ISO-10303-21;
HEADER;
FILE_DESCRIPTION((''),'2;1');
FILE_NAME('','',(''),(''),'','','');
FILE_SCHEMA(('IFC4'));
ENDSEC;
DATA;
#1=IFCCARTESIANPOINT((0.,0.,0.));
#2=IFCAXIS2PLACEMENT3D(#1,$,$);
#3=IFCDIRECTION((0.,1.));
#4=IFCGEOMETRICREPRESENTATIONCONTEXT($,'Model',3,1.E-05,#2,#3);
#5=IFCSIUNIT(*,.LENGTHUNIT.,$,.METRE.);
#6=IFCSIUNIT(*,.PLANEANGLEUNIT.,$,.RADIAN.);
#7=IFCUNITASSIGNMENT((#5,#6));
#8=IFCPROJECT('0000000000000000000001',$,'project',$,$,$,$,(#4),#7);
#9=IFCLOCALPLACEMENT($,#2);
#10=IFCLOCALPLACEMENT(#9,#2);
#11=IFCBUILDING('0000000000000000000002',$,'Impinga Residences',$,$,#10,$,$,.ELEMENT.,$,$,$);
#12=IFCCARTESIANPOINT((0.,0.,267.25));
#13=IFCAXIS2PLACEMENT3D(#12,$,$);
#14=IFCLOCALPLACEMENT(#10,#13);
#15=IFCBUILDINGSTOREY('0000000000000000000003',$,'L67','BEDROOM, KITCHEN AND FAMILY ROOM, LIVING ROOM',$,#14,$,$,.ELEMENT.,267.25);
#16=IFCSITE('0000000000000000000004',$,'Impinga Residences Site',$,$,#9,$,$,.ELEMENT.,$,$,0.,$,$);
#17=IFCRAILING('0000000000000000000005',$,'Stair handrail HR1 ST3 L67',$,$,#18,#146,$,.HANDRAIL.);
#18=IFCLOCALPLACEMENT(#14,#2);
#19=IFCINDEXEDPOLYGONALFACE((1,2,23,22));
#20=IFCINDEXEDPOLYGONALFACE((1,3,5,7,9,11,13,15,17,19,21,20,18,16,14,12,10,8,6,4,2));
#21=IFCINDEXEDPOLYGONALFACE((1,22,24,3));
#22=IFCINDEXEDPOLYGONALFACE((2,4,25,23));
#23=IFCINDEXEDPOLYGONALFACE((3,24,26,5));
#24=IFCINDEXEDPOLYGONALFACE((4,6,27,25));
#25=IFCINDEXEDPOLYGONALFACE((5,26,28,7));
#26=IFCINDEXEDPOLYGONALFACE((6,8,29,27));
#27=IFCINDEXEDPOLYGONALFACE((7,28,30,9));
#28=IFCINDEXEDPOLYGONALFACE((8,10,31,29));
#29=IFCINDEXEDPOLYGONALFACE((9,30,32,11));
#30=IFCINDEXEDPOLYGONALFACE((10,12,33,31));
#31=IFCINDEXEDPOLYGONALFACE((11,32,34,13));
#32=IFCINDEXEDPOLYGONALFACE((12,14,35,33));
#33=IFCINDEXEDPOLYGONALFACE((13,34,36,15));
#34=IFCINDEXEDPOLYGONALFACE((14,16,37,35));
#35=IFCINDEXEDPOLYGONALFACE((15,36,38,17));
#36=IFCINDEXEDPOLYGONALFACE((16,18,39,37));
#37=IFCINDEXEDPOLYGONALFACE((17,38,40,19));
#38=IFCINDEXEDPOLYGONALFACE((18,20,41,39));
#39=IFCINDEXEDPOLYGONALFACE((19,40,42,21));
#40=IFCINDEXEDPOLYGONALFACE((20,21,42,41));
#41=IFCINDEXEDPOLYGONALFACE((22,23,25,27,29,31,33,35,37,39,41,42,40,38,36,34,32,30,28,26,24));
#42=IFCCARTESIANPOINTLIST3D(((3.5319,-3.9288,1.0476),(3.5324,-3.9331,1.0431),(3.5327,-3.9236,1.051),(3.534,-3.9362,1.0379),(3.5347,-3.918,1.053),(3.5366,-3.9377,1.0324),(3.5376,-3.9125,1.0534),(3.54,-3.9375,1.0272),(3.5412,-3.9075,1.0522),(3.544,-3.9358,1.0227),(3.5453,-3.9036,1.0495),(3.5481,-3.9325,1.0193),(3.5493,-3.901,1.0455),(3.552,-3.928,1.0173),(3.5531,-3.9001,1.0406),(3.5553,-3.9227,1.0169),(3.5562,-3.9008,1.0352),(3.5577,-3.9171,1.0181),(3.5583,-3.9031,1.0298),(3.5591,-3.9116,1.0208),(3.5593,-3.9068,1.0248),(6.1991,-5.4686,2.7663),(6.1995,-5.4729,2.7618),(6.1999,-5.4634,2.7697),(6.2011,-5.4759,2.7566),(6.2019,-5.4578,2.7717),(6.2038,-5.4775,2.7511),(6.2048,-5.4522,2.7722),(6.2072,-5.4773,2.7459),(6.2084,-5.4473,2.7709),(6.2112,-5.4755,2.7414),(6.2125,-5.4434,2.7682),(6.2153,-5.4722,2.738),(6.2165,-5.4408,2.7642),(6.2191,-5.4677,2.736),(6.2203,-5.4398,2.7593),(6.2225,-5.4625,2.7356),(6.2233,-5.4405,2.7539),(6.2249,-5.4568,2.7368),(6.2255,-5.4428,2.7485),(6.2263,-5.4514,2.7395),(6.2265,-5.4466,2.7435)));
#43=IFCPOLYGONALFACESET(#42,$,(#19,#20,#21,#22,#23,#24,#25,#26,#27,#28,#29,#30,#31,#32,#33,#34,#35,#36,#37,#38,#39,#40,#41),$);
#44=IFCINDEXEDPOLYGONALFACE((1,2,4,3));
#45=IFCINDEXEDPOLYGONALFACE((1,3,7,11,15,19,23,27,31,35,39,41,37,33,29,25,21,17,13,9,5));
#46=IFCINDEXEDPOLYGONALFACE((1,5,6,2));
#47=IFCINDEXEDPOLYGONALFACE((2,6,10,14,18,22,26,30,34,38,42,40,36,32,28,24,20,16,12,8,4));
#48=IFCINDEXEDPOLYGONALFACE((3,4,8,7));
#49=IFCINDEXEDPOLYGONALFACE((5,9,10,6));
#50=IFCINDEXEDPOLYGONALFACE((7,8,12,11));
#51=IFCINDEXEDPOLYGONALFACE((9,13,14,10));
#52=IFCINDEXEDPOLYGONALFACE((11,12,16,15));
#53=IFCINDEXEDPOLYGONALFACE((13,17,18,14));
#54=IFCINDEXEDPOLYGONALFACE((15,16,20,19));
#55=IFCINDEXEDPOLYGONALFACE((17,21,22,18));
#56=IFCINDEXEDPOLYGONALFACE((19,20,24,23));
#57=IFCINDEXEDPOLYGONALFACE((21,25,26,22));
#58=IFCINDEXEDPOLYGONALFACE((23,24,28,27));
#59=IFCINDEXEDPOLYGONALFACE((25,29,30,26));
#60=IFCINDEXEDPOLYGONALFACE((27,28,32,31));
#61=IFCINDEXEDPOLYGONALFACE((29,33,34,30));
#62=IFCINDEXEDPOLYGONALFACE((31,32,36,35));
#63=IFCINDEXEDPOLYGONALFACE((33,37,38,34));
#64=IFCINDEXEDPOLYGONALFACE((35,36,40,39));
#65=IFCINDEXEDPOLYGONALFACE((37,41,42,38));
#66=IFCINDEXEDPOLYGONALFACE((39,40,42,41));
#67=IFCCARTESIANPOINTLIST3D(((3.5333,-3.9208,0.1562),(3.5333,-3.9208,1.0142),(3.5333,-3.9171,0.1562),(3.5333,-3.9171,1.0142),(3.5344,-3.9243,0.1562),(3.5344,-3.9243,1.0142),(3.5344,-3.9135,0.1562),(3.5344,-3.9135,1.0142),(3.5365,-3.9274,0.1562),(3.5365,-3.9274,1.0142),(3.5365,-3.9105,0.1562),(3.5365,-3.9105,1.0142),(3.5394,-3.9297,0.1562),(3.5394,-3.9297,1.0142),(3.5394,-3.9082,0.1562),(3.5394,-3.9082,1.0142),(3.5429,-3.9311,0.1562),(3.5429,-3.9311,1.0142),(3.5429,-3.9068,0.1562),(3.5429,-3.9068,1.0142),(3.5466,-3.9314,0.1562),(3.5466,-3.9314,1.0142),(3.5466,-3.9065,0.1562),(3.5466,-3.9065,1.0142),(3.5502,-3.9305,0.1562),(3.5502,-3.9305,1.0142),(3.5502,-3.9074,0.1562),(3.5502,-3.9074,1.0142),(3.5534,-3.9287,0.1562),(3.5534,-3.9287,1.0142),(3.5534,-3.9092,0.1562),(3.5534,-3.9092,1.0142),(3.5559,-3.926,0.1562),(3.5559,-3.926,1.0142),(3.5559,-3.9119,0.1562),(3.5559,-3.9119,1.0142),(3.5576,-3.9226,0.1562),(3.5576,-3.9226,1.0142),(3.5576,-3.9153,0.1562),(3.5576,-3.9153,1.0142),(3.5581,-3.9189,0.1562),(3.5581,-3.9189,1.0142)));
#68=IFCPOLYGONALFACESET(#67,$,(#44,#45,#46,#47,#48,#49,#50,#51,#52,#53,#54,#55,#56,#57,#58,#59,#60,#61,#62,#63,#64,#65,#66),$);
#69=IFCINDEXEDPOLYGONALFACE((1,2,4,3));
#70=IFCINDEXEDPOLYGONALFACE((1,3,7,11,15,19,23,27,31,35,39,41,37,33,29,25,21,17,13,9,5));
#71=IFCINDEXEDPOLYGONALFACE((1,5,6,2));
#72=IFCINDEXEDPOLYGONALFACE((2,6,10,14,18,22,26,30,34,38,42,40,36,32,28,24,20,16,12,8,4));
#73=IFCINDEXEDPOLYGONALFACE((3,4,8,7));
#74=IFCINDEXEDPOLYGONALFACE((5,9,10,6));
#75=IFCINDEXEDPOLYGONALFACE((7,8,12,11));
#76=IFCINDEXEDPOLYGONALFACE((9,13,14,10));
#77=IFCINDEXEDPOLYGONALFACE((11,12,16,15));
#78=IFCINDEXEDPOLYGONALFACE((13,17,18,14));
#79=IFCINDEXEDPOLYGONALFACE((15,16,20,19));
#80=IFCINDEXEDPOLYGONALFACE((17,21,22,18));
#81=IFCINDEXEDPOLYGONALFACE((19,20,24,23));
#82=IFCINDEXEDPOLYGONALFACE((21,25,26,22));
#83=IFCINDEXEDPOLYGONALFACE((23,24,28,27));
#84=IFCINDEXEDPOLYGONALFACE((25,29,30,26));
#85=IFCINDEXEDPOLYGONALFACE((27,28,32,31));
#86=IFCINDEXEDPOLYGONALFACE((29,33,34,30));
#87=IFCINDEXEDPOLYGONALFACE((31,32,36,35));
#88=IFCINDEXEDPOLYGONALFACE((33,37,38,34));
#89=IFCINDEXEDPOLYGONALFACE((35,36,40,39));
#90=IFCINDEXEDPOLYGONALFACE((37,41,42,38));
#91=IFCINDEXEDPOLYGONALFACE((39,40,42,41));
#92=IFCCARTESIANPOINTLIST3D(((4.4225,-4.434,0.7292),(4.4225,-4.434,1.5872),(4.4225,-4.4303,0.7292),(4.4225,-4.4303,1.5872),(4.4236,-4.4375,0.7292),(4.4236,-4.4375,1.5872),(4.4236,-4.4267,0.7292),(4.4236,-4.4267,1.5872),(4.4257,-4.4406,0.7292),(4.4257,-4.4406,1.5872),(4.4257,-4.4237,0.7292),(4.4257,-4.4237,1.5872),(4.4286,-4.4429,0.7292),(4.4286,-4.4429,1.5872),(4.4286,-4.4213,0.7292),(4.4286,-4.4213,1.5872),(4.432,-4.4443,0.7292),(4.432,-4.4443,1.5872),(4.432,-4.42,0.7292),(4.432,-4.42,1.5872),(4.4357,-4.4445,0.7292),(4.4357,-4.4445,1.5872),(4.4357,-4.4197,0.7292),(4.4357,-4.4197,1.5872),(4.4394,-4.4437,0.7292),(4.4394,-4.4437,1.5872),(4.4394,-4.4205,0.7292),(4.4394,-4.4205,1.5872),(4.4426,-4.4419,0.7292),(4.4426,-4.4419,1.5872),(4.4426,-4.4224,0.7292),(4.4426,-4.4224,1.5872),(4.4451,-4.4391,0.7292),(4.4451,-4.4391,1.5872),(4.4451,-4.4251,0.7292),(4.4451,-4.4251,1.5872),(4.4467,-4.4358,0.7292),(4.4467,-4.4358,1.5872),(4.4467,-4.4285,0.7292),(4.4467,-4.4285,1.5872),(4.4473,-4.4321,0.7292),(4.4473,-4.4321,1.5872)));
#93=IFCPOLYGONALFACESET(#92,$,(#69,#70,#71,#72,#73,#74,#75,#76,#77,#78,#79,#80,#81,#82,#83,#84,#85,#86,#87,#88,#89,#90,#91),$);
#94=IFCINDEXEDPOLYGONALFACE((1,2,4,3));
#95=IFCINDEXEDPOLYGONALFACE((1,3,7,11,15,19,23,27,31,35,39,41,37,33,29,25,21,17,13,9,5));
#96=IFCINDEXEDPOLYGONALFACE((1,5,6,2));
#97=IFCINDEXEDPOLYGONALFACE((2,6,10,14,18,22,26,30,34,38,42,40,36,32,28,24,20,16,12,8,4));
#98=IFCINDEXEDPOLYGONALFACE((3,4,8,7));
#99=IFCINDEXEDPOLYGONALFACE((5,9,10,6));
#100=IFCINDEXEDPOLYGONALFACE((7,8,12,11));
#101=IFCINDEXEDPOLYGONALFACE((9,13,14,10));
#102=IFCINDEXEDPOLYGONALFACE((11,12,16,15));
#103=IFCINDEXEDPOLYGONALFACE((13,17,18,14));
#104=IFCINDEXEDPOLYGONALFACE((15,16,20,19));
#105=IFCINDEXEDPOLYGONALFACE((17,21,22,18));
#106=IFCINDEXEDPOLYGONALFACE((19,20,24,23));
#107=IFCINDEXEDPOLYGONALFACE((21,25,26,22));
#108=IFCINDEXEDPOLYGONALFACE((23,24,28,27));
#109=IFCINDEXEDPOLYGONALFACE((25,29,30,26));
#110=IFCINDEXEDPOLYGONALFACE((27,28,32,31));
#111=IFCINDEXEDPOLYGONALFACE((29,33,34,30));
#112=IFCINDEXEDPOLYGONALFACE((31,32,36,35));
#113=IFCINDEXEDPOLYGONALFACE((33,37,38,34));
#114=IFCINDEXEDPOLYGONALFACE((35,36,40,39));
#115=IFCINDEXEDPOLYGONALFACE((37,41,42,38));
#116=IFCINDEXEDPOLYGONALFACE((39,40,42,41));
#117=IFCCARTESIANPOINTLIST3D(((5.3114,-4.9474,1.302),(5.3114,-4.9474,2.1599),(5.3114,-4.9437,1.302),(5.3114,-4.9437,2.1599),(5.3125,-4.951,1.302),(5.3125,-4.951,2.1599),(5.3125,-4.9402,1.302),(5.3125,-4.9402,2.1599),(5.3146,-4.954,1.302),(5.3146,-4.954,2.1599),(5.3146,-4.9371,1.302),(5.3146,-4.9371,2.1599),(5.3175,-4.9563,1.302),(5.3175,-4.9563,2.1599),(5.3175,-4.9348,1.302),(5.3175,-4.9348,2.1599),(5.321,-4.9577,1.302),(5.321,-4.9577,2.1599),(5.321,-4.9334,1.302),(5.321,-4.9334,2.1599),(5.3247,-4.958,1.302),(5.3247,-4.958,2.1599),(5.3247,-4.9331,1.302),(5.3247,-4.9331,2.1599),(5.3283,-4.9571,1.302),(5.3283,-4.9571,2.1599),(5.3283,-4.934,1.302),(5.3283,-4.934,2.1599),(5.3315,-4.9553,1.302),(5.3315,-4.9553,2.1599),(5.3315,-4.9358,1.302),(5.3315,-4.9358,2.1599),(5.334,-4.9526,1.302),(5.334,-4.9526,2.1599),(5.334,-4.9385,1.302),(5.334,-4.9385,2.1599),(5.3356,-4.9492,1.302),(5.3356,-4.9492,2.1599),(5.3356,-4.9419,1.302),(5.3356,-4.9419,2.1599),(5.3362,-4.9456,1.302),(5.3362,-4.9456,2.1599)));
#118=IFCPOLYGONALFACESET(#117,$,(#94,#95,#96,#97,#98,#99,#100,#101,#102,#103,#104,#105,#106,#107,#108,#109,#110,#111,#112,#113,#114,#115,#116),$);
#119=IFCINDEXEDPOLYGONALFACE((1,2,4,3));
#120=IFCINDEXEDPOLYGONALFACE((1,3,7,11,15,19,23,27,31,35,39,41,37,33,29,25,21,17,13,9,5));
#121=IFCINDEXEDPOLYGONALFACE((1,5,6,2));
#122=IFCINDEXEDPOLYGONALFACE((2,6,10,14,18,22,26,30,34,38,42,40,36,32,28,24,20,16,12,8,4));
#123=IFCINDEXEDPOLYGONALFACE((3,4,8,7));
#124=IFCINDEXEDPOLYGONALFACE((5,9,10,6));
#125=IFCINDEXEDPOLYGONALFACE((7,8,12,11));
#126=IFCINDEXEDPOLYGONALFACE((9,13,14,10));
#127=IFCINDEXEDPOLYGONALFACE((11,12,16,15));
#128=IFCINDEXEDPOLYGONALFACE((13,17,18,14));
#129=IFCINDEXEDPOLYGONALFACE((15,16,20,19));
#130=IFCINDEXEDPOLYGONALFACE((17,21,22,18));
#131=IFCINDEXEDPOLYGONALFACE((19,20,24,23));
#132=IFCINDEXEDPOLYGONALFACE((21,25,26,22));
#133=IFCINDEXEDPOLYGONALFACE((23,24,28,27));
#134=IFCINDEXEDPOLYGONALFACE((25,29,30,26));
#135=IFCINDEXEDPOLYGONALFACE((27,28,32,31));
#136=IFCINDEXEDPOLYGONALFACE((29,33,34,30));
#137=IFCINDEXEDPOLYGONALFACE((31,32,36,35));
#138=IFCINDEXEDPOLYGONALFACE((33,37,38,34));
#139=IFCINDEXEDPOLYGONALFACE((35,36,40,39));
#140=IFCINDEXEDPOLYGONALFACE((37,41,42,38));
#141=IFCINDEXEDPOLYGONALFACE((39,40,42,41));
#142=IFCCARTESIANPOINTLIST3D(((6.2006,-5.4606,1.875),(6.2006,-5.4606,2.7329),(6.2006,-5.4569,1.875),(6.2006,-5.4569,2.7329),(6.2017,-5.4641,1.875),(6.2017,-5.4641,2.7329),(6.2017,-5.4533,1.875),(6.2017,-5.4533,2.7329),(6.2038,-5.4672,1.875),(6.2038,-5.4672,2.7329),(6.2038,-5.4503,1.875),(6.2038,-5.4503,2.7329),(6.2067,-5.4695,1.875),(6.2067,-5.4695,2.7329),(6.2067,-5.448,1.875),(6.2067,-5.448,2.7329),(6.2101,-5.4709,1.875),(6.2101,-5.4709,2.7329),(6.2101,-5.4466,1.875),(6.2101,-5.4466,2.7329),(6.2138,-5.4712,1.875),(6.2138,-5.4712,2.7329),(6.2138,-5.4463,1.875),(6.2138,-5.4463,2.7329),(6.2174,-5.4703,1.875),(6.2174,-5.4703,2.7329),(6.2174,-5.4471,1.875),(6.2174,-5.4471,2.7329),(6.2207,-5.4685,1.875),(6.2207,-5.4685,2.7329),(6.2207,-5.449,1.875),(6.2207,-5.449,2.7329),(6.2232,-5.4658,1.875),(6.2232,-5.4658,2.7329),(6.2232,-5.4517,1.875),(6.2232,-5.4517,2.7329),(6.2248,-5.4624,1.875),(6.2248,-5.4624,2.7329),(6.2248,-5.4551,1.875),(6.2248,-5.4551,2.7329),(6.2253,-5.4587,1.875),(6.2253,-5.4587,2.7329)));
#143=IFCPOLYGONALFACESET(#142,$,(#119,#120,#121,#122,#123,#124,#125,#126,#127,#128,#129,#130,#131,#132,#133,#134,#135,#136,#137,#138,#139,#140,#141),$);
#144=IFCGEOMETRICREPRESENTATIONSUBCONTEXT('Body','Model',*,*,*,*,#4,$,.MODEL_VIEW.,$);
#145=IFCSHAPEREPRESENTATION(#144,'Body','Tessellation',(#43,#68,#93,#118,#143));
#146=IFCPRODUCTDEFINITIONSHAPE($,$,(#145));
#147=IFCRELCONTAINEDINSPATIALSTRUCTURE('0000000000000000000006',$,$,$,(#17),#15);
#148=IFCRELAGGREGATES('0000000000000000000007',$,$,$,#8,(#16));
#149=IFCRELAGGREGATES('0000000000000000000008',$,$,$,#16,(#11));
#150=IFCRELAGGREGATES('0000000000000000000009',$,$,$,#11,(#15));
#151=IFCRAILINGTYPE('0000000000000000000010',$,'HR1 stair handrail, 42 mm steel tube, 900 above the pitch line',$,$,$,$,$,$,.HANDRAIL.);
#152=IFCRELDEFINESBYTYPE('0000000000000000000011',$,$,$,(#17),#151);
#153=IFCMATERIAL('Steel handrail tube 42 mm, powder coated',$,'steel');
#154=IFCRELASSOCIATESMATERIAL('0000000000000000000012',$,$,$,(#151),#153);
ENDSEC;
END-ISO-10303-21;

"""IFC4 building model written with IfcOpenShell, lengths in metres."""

from ifc_helpers import new_model, si_unit, direction, frame, origin, origin_2d, place, context, subcontext, project, spatial, circle, extrude, material, type_object, element, save


model = new_model("IFC4")

# Units and contexts
model_context = context("Model", 3, precision=1e-05, world=origin(), true_north=direction((0.0, 1.0)))
body_context = subcontext(model_context, "Body", "Model", "MODEL_VIEW")
ifc_project = project(units=[si_unit("LENGTHUNIT", "METRE"), si_unit("PLANEANGLEUNIT", "RADIAN")], contexts=[model_context])

# Site, building, storey
site_placement = place(None, origin())
site = spatial("IfcSite", under=ifc_project, at=site_placement, Name="Impinga Residences Site", CompositionType="ELEMENT", RefElevation=0.0)
building_placement = place(site_placement, origin())
building = spatial("IfcBuilding", under=site, at=building_placement, Name="Impinga Residences", CompositionType="ELEMENT")
storey_placement = place(building_placement, frame((0.0, 0.0, 267.25)))
storey = spatial("IfcBuildingStorey", under=building, at=storey_placement, Name="L67", Description="BEDROOM, KITCHEN AND FAMILY ROOM, LIVING ROOM", CompositionType="ELEMENT", Elevation=267.25)

# Railing
ifc_material_1 = material(Name="Steel handrail tube 42 mm, powder coated", Category="steel")
railing_type_1 = type_object("IfcRailingType", Name="HR1 stair handrail, 42 mm steel tube, 900 above the pitch line", PredefinedType="HANDRAIL", material=ifc_material_1)
railing_1_placement = place(storey_placement, frame((3.5457, -3.9189, 0.1562)))
element("IfcRailing", 1, at=railing_1_placement, inside=storey, type_object=railing_type_1, Name="Stair handrail HR1 ST3 L67", PredefinedType="HANDRAIL", context=body_context, shape_type="SweptSolid", body=[
    extrude(circle(Radius=0.021, at=origin_2d()), frame((0.0, 0.0, 0.8789), z_axis=(0.756249, -0.436582, 0.487322), x_axis=(0.499967, 0.866044, 0.0)), (0.0, 0.0, 1.0), 3.5269),
    extrude(circle(Radius=0.0125, at=origin_2d()), origin(), (0.0, 0.0, 1.0), 0.8579),
    extrude(circle(Radius=0.0125, at=origin_2d()), frame((0.8892, -0.5132, 0.573)), (0.0, 0.0, 1.0), 0.8579),
    extrude(circle(Radius=0.0125, at=origin_2d()), frame((1.7781, -1.0266, 1.1458)), (0.0, 0.0, 1.0), 0.8579),
    extrude(circle(Radius=0.0125, at=origin_2d()), frame((2.6672, -1.5398, 1.7188)), (0.0, 0.0, 1.0), 0.8579),
])

save(model, "model.ifc")
